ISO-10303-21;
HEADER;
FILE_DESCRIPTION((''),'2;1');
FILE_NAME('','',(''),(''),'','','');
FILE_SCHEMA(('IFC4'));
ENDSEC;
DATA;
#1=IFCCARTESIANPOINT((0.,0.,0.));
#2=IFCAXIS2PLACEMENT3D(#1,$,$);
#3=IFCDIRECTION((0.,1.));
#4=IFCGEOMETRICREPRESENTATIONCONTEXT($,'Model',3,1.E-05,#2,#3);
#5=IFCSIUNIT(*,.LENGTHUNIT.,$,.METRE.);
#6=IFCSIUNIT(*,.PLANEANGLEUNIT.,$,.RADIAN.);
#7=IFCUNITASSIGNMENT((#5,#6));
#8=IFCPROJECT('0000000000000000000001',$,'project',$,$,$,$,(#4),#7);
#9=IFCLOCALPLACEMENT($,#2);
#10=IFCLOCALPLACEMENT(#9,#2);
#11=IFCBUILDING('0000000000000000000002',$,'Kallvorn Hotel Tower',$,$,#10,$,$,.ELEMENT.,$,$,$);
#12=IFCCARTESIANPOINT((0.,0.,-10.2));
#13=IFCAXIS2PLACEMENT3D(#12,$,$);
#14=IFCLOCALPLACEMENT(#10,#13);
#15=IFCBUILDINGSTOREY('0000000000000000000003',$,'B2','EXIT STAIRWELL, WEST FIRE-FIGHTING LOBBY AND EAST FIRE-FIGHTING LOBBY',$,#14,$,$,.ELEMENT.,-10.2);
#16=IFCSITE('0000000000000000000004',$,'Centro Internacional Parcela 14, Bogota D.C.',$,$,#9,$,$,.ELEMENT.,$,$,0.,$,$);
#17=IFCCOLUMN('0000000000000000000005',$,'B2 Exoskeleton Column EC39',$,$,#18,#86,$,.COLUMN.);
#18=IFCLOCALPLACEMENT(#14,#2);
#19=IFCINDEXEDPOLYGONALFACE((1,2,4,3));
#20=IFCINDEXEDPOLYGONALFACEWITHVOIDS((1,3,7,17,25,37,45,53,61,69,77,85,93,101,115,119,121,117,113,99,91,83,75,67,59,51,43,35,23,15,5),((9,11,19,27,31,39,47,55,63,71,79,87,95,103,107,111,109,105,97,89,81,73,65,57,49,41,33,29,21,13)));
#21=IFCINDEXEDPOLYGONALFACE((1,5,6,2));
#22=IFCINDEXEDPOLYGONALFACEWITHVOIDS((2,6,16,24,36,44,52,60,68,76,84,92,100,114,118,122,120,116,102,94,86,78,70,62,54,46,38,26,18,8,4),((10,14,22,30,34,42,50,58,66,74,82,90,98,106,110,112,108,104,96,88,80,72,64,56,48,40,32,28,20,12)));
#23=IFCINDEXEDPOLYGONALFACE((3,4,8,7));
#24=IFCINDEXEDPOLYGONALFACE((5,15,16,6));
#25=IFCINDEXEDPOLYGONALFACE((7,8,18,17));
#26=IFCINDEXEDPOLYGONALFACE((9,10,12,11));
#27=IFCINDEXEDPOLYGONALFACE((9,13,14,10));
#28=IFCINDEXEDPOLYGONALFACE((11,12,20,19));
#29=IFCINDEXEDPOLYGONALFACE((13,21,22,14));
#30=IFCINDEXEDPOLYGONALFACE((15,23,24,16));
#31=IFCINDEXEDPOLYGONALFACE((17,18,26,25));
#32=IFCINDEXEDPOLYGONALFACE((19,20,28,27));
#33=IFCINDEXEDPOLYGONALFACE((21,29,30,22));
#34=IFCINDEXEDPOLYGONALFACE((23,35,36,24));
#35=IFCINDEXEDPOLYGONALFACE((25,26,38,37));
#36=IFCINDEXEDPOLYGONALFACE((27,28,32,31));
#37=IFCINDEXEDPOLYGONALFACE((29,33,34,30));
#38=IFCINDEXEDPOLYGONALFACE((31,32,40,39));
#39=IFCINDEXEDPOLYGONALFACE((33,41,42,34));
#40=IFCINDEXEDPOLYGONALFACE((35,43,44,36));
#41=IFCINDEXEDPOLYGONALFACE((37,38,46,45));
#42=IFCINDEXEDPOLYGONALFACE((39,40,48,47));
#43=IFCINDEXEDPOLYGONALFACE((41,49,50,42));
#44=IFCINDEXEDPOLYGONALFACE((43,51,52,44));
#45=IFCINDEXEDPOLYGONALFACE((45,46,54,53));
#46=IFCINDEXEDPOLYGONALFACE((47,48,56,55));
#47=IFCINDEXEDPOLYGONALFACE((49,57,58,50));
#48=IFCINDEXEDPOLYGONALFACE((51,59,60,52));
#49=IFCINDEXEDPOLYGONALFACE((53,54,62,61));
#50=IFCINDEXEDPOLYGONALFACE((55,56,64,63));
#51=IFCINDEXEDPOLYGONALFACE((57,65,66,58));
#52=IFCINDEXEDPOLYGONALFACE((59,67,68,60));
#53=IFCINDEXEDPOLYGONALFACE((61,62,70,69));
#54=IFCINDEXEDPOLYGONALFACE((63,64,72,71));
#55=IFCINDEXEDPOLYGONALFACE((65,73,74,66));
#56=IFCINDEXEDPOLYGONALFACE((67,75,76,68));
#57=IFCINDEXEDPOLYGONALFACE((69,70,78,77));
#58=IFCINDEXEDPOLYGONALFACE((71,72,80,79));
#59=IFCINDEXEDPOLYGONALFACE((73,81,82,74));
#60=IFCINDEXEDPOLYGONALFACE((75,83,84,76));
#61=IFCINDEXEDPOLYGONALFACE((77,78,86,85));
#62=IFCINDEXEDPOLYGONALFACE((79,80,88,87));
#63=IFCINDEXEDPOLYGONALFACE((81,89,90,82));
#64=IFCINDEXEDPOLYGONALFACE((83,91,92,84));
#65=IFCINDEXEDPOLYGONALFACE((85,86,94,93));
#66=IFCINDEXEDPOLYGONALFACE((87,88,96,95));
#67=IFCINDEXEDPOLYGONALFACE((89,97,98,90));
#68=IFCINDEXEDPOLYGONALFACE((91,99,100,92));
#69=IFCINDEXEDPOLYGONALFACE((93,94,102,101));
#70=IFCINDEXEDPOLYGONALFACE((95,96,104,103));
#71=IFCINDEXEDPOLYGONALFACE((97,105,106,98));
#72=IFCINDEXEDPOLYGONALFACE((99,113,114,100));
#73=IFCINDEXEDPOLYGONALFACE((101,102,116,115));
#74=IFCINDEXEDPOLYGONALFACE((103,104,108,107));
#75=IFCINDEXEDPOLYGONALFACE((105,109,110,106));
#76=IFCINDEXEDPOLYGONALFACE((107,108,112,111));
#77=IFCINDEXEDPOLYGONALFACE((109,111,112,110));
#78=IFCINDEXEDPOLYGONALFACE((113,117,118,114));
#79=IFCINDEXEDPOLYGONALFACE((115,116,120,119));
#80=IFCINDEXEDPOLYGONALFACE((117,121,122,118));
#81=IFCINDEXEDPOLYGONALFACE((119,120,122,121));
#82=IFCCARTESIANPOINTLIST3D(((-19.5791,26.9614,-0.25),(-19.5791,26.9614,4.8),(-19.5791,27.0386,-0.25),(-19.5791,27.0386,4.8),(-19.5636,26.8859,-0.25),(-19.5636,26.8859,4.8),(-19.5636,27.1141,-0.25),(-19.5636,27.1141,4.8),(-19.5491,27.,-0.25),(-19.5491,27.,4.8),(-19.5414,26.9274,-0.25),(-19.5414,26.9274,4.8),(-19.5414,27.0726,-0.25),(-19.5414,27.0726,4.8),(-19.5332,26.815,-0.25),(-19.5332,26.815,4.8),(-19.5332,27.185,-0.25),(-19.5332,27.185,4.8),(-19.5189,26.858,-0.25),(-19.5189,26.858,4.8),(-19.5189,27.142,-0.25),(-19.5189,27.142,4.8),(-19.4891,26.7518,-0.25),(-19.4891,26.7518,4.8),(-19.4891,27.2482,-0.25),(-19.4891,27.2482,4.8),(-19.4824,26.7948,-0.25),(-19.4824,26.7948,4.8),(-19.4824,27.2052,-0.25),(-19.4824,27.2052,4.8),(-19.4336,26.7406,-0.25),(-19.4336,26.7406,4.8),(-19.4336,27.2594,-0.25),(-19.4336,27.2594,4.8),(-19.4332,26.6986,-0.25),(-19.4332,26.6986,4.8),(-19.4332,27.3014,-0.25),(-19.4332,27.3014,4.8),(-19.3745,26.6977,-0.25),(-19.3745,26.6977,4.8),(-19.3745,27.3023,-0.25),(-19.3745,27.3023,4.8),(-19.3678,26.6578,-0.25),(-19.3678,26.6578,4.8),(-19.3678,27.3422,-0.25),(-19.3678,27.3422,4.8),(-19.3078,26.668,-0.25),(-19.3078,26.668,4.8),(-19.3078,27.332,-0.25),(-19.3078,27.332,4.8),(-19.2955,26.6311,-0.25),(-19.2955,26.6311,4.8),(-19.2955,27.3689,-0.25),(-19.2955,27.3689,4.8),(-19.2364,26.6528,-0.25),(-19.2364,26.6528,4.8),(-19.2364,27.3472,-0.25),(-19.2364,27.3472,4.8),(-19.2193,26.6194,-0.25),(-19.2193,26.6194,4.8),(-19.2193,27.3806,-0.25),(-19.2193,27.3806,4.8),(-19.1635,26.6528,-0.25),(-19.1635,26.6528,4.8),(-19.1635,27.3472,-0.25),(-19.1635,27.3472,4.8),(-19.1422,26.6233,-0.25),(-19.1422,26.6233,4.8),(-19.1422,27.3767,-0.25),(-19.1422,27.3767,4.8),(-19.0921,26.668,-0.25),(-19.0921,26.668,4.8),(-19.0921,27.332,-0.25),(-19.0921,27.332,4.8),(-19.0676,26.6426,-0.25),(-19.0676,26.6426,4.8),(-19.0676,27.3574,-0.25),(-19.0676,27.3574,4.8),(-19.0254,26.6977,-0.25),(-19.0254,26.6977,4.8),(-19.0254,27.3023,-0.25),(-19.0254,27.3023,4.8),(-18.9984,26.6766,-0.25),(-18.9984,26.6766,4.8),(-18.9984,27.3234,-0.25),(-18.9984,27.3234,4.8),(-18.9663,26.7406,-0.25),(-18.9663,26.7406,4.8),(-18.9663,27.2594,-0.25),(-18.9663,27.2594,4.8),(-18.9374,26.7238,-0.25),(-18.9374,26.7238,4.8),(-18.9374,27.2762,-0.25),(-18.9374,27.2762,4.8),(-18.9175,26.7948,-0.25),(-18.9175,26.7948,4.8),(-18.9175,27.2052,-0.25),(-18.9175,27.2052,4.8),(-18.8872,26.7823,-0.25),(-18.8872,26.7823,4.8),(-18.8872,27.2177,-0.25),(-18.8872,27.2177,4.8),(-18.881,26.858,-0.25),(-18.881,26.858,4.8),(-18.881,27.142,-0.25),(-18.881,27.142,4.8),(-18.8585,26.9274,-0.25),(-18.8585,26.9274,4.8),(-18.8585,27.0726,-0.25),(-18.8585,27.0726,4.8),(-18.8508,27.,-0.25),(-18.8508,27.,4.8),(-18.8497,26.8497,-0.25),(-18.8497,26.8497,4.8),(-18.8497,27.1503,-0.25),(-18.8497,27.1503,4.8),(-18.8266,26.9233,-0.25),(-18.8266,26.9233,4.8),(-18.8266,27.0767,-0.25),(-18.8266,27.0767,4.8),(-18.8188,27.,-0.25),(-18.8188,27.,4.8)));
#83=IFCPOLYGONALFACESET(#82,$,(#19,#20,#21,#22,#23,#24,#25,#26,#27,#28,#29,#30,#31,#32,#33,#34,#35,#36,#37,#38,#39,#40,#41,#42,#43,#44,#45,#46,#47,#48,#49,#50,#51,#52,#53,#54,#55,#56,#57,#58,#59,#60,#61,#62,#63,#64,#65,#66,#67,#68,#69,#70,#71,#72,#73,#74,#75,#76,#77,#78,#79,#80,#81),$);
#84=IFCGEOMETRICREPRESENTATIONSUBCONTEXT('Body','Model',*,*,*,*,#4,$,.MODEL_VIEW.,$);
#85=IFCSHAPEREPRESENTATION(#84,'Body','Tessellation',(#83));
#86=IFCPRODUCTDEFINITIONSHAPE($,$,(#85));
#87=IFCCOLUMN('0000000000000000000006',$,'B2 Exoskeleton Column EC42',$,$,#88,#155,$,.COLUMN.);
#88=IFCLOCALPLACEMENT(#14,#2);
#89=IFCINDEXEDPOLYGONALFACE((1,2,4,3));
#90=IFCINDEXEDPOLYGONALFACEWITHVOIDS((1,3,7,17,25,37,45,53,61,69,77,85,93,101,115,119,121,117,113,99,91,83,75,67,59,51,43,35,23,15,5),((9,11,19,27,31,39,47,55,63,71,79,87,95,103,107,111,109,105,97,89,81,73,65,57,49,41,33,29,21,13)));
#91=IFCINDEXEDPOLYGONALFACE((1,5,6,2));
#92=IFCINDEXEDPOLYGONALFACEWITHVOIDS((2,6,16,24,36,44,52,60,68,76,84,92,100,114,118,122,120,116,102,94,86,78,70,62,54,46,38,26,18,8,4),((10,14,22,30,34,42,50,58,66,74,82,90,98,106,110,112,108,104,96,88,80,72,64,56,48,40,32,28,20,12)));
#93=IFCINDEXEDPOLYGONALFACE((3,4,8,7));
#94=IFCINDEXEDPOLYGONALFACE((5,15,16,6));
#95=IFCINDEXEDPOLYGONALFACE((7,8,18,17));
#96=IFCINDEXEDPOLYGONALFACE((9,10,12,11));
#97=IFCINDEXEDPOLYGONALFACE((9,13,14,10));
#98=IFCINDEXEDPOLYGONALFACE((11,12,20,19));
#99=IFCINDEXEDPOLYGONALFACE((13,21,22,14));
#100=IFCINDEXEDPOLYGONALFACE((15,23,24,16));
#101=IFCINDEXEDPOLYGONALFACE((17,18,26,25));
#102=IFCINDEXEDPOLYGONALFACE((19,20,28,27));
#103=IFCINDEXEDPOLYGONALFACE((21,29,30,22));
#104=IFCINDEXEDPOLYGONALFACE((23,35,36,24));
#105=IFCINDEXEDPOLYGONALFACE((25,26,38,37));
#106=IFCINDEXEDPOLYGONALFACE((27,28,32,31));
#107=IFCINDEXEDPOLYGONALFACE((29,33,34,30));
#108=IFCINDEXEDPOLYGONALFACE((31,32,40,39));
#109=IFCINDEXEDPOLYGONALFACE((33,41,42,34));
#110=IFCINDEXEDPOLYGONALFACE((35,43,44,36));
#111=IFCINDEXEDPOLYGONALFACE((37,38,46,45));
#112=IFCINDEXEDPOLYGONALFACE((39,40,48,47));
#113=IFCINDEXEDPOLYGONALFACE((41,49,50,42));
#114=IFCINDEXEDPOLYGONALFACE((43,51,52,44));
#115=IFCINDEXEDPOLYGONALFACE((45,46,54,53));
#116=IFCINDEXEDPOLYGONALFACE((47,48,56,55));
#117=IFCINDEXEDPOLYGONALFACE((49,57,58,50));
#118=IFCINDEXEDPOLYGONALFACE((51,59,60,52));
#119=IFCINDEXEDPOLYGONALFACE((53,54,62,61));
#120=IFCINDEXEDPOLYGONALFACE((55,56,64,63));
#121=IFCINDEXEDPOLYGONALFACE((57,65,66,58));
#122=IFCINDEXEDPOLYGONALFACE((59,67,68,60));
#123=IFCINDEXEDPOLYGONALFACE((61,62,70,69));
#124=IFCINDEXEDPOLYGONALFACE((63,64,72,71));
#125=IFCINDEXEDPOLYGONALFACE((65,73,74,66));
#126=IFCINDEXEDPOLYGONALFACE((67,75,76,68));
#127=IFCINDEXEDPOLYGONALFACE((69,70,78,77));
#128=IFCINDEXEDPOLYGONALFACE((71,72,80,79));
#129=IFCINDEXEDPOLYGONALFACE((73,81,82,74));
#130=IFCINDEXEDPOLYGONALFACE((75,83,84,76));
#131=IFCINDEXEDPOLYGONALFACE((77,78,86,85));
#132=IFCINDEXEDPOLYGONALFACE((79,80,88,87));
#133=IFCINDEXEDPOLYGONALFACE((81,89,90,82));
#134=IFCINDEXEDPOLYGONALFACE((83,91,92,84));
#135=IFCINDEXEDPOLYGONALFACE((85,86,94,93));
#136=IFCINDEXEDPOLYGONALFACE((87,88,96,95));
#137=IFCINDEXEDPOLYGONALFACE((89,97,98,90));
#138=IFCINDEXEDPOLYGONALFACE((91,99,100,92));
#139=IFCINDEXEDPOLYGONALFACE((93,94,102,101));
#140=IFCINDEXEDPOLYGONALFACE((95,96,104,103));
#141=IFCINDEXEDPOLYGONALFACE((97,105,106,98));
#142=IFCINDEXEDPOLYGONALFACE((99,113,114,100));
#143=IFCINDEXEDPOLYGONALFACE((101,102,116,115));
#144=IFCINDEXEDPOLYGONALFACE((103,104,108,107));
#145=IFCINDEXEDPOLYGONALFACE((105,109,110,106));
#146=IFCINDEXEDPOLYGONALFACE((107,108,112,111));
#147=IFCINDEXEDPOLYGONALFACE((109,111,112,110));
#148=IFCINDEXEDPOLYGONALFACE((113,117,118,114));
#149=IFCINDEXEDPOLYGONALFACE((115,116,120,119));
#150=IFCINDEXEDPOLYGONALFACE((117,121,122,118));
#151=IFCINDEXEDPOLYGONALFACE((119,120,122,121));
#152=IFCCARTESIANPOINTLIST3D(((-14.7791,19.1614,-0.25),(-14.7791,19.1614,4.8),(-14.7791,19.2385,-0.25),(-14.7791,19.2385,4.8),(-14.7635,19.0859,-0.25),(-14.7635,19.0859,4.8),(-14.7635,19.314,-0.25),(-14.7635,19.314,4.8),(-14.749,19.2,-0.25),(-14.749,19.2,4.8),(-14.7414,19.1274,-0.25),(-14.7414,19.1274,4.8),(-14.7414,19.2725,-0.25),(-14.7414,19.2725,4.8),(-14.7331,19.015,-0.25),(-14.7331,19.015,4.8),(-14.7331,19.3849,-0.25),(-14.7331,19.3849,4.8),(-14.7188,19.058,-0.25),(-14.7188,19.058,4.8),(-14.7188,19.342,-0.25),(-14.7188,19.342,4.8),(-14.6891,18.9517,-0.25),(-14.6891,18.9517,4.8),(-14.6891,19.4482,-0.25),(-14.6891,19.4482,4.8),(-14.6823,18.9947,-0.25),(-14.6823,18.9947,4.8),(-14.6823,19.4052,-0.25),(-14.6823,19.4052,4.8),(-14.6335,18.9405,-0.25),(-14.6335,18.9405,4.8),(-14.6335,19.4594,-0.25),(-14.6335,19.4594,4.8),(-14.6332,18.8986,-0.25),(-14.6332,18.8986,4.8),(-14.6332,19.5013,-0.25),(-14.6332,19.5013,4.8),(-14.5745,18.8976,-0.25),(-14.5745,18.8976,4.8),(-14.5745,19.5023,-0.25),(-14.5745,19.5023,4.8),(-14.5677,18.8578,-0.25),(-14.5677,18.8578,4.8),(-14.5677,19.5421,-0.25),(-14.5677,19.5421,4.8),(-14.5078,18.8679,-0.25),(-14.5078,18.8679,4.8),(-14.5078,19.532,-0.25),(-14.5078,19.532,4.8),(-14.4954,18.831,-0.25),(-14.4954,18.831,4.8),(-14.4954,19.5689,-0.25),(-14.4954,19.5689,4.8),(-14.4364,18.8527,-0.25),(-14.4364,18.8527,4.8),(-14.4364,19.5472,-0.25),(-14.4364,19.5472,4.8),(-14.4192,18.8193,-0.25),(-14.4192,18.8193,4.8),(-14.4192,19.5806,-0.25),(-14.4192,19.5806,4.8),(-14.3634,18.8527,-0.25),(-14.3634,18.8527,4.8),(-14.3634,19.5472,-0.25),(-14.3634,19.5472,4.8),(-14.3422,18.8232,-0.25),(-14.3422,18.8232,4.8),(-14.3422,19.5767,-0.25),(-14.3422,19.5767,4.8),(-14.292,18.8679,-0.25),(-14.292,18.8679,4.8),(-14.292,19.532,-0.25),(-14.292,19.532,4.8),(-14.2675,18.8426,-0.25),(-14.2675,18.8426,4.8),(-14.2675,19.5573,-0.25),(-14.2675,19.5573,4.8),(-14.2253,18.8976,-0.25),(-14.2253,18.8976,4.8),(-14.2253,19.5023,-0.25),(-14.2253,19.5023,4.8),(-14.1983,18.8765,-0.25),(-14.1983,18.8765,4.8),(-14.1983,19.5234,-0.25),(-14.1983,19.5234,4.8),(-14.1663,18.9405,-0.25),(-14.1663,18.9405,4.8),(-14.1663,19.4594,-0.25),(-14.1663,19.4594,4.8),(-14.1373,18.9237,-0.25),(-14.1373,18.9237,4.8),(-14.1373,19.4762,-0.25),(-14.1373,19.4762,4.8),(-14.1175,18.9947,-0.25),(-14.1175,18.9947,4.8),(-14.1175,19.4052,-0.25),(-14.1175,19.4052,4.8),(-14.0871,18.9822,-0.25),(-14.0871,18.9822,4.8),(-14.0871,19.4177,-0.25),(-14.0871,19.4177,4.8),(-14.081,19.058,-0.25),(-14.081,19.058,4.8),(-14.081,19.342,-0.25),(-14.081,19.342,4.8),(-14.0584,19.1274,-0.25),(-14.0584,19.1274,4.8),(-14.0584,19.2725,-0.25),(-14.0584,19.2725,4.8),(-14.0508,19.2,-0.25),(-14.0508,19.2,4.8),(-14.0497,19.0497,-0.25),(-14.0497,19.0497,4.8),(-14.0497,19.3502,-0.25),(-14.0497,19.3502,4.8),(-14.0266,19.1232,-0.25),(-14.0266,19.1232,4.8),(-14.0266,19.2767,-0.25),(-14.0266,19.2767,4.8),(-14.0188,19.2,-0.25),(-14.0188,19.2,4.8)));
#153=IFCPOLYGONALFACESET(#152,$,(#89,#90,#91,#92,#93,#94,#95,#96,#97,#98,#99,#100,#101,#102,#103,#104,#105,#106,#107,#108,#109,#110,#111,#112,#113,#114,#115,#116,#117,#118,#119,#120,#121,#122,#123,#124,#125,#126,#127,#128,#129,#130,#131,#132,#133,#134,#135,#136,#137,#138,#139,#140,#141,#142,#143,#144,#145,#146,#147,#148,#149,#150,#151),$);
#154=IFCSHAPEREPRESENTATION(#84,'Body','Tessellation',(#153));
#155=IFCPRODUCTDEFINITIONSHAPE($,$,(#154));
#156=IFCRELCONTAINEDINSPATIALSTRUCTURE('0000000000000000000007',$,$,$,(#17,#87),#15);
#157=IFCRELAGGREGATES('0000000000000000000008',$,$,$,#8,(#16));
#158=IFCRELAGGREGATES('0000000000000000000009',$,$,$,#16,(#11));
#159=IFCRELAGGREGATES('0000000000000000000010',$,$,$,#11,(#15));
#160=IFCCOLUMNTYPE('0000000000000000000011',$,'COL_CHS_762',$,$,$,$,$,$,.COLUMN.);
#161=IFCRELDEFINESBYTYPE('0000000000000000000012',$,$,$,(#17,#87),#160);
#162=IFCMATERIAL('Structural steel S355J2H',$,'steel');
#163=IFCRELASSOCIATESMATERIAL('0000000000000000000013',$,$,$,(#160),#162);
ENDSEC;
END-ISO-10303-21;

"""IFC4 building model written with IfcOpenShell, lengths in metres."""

from ifc_helpers import new_model, si_unit, direction, frame, origin, origin_2d, place, context, subcontext, project, spatial, hollow_circle, extrude, material, material_profile, profile_set, type_object, element, save


model = new_model("IFC4")

# Units and contexts
model_context = context("Model", 3, precision=1e-05, world=origin(), true_north=direction((0.0, 1.0)))
body_context = subcontext(model_context, "Body", "Model", "MODEL_VIEW")
ifc_project = project(units=[si_unit("LENGTHUNIT", "METRE"), si_unit("PLANEANGLEUNIT", "RADIAN")], contexts=[model_context])

# Site, building, storey
site_placement = place(None, origin())
site = spatial("IfcSite", under=ifc_project, at=site_placement, Name="Centro Internacional Parcela 14, Bogota D.C.", CompositionType="ELEMENT", RefElevation=0.0)
building_placement = place(site_placement, origin())
building = spatial("IfcBuilding", under=site, at=building_placement, Name="Kallvorn Hotel Tower", CompositionType="ELEMENT")
storey_placement = place(building_placement, frame((0.0, 0.0, -10.2)))
storey = spatial("IfcBuildingStorey", under=building, at=storey_placement, Name="B2", Description="EXIT STAIRWELL, WEST FIRE-FIGHTING LOBBY AND EAST FIRE-FIGHTING LOBBY", CompositionType="ELEMENT", Elevation=-10.2)

# Columns
ifc_material_1 = material(Name="Structural steel S355J2H", Category="steel")
ifc_material_profile_1 = material_profile(ifc_material_1, hollow_circle(Radius=0.3811, WallThickness=0.032, at=origin_2d()), Name="CHS 762x32")
ifc_profile_set_1 = profile_set([ifc_material_profile_1], Name="Structural steel S355J2H")
column_type_1 = type_object("IfcColumnType", Name="COL_CHS_762", PredefinedType="COLUMN", material=ifc_profile_set_1)
for number, where, z_axis, x_axis, name in (
    (1, (-19.2, 27.0, -0.25), (0.0, 0.0, 1.0), (1.0, 0.0, 0.0), "B2 Exoskeleton Column EC39"),
    (2, (-14.3999, 19.2, -0.25), (0.0, 0.0, 1.0), (1.0, 0.0, 0.0), "B2 Exoskeleton Column EC42"),
):
    element("IfcColumn", number, at=place(storey_placement, frame(where, z_axis=z_axis, x_axis=x_axis)), inside=storey, type_object=column_type_1, Name=name, PredefinedType="COLUMN", context=body_context, shape_type="SweptSolid", body=[
        extrude(hollow_circle(Radius=0.3811, WallThickness=0.032, at=origin_2d()), origin(), (0.0, 0.0, 1.0), 5.05),
    ])

save(model, "model.ifc")
